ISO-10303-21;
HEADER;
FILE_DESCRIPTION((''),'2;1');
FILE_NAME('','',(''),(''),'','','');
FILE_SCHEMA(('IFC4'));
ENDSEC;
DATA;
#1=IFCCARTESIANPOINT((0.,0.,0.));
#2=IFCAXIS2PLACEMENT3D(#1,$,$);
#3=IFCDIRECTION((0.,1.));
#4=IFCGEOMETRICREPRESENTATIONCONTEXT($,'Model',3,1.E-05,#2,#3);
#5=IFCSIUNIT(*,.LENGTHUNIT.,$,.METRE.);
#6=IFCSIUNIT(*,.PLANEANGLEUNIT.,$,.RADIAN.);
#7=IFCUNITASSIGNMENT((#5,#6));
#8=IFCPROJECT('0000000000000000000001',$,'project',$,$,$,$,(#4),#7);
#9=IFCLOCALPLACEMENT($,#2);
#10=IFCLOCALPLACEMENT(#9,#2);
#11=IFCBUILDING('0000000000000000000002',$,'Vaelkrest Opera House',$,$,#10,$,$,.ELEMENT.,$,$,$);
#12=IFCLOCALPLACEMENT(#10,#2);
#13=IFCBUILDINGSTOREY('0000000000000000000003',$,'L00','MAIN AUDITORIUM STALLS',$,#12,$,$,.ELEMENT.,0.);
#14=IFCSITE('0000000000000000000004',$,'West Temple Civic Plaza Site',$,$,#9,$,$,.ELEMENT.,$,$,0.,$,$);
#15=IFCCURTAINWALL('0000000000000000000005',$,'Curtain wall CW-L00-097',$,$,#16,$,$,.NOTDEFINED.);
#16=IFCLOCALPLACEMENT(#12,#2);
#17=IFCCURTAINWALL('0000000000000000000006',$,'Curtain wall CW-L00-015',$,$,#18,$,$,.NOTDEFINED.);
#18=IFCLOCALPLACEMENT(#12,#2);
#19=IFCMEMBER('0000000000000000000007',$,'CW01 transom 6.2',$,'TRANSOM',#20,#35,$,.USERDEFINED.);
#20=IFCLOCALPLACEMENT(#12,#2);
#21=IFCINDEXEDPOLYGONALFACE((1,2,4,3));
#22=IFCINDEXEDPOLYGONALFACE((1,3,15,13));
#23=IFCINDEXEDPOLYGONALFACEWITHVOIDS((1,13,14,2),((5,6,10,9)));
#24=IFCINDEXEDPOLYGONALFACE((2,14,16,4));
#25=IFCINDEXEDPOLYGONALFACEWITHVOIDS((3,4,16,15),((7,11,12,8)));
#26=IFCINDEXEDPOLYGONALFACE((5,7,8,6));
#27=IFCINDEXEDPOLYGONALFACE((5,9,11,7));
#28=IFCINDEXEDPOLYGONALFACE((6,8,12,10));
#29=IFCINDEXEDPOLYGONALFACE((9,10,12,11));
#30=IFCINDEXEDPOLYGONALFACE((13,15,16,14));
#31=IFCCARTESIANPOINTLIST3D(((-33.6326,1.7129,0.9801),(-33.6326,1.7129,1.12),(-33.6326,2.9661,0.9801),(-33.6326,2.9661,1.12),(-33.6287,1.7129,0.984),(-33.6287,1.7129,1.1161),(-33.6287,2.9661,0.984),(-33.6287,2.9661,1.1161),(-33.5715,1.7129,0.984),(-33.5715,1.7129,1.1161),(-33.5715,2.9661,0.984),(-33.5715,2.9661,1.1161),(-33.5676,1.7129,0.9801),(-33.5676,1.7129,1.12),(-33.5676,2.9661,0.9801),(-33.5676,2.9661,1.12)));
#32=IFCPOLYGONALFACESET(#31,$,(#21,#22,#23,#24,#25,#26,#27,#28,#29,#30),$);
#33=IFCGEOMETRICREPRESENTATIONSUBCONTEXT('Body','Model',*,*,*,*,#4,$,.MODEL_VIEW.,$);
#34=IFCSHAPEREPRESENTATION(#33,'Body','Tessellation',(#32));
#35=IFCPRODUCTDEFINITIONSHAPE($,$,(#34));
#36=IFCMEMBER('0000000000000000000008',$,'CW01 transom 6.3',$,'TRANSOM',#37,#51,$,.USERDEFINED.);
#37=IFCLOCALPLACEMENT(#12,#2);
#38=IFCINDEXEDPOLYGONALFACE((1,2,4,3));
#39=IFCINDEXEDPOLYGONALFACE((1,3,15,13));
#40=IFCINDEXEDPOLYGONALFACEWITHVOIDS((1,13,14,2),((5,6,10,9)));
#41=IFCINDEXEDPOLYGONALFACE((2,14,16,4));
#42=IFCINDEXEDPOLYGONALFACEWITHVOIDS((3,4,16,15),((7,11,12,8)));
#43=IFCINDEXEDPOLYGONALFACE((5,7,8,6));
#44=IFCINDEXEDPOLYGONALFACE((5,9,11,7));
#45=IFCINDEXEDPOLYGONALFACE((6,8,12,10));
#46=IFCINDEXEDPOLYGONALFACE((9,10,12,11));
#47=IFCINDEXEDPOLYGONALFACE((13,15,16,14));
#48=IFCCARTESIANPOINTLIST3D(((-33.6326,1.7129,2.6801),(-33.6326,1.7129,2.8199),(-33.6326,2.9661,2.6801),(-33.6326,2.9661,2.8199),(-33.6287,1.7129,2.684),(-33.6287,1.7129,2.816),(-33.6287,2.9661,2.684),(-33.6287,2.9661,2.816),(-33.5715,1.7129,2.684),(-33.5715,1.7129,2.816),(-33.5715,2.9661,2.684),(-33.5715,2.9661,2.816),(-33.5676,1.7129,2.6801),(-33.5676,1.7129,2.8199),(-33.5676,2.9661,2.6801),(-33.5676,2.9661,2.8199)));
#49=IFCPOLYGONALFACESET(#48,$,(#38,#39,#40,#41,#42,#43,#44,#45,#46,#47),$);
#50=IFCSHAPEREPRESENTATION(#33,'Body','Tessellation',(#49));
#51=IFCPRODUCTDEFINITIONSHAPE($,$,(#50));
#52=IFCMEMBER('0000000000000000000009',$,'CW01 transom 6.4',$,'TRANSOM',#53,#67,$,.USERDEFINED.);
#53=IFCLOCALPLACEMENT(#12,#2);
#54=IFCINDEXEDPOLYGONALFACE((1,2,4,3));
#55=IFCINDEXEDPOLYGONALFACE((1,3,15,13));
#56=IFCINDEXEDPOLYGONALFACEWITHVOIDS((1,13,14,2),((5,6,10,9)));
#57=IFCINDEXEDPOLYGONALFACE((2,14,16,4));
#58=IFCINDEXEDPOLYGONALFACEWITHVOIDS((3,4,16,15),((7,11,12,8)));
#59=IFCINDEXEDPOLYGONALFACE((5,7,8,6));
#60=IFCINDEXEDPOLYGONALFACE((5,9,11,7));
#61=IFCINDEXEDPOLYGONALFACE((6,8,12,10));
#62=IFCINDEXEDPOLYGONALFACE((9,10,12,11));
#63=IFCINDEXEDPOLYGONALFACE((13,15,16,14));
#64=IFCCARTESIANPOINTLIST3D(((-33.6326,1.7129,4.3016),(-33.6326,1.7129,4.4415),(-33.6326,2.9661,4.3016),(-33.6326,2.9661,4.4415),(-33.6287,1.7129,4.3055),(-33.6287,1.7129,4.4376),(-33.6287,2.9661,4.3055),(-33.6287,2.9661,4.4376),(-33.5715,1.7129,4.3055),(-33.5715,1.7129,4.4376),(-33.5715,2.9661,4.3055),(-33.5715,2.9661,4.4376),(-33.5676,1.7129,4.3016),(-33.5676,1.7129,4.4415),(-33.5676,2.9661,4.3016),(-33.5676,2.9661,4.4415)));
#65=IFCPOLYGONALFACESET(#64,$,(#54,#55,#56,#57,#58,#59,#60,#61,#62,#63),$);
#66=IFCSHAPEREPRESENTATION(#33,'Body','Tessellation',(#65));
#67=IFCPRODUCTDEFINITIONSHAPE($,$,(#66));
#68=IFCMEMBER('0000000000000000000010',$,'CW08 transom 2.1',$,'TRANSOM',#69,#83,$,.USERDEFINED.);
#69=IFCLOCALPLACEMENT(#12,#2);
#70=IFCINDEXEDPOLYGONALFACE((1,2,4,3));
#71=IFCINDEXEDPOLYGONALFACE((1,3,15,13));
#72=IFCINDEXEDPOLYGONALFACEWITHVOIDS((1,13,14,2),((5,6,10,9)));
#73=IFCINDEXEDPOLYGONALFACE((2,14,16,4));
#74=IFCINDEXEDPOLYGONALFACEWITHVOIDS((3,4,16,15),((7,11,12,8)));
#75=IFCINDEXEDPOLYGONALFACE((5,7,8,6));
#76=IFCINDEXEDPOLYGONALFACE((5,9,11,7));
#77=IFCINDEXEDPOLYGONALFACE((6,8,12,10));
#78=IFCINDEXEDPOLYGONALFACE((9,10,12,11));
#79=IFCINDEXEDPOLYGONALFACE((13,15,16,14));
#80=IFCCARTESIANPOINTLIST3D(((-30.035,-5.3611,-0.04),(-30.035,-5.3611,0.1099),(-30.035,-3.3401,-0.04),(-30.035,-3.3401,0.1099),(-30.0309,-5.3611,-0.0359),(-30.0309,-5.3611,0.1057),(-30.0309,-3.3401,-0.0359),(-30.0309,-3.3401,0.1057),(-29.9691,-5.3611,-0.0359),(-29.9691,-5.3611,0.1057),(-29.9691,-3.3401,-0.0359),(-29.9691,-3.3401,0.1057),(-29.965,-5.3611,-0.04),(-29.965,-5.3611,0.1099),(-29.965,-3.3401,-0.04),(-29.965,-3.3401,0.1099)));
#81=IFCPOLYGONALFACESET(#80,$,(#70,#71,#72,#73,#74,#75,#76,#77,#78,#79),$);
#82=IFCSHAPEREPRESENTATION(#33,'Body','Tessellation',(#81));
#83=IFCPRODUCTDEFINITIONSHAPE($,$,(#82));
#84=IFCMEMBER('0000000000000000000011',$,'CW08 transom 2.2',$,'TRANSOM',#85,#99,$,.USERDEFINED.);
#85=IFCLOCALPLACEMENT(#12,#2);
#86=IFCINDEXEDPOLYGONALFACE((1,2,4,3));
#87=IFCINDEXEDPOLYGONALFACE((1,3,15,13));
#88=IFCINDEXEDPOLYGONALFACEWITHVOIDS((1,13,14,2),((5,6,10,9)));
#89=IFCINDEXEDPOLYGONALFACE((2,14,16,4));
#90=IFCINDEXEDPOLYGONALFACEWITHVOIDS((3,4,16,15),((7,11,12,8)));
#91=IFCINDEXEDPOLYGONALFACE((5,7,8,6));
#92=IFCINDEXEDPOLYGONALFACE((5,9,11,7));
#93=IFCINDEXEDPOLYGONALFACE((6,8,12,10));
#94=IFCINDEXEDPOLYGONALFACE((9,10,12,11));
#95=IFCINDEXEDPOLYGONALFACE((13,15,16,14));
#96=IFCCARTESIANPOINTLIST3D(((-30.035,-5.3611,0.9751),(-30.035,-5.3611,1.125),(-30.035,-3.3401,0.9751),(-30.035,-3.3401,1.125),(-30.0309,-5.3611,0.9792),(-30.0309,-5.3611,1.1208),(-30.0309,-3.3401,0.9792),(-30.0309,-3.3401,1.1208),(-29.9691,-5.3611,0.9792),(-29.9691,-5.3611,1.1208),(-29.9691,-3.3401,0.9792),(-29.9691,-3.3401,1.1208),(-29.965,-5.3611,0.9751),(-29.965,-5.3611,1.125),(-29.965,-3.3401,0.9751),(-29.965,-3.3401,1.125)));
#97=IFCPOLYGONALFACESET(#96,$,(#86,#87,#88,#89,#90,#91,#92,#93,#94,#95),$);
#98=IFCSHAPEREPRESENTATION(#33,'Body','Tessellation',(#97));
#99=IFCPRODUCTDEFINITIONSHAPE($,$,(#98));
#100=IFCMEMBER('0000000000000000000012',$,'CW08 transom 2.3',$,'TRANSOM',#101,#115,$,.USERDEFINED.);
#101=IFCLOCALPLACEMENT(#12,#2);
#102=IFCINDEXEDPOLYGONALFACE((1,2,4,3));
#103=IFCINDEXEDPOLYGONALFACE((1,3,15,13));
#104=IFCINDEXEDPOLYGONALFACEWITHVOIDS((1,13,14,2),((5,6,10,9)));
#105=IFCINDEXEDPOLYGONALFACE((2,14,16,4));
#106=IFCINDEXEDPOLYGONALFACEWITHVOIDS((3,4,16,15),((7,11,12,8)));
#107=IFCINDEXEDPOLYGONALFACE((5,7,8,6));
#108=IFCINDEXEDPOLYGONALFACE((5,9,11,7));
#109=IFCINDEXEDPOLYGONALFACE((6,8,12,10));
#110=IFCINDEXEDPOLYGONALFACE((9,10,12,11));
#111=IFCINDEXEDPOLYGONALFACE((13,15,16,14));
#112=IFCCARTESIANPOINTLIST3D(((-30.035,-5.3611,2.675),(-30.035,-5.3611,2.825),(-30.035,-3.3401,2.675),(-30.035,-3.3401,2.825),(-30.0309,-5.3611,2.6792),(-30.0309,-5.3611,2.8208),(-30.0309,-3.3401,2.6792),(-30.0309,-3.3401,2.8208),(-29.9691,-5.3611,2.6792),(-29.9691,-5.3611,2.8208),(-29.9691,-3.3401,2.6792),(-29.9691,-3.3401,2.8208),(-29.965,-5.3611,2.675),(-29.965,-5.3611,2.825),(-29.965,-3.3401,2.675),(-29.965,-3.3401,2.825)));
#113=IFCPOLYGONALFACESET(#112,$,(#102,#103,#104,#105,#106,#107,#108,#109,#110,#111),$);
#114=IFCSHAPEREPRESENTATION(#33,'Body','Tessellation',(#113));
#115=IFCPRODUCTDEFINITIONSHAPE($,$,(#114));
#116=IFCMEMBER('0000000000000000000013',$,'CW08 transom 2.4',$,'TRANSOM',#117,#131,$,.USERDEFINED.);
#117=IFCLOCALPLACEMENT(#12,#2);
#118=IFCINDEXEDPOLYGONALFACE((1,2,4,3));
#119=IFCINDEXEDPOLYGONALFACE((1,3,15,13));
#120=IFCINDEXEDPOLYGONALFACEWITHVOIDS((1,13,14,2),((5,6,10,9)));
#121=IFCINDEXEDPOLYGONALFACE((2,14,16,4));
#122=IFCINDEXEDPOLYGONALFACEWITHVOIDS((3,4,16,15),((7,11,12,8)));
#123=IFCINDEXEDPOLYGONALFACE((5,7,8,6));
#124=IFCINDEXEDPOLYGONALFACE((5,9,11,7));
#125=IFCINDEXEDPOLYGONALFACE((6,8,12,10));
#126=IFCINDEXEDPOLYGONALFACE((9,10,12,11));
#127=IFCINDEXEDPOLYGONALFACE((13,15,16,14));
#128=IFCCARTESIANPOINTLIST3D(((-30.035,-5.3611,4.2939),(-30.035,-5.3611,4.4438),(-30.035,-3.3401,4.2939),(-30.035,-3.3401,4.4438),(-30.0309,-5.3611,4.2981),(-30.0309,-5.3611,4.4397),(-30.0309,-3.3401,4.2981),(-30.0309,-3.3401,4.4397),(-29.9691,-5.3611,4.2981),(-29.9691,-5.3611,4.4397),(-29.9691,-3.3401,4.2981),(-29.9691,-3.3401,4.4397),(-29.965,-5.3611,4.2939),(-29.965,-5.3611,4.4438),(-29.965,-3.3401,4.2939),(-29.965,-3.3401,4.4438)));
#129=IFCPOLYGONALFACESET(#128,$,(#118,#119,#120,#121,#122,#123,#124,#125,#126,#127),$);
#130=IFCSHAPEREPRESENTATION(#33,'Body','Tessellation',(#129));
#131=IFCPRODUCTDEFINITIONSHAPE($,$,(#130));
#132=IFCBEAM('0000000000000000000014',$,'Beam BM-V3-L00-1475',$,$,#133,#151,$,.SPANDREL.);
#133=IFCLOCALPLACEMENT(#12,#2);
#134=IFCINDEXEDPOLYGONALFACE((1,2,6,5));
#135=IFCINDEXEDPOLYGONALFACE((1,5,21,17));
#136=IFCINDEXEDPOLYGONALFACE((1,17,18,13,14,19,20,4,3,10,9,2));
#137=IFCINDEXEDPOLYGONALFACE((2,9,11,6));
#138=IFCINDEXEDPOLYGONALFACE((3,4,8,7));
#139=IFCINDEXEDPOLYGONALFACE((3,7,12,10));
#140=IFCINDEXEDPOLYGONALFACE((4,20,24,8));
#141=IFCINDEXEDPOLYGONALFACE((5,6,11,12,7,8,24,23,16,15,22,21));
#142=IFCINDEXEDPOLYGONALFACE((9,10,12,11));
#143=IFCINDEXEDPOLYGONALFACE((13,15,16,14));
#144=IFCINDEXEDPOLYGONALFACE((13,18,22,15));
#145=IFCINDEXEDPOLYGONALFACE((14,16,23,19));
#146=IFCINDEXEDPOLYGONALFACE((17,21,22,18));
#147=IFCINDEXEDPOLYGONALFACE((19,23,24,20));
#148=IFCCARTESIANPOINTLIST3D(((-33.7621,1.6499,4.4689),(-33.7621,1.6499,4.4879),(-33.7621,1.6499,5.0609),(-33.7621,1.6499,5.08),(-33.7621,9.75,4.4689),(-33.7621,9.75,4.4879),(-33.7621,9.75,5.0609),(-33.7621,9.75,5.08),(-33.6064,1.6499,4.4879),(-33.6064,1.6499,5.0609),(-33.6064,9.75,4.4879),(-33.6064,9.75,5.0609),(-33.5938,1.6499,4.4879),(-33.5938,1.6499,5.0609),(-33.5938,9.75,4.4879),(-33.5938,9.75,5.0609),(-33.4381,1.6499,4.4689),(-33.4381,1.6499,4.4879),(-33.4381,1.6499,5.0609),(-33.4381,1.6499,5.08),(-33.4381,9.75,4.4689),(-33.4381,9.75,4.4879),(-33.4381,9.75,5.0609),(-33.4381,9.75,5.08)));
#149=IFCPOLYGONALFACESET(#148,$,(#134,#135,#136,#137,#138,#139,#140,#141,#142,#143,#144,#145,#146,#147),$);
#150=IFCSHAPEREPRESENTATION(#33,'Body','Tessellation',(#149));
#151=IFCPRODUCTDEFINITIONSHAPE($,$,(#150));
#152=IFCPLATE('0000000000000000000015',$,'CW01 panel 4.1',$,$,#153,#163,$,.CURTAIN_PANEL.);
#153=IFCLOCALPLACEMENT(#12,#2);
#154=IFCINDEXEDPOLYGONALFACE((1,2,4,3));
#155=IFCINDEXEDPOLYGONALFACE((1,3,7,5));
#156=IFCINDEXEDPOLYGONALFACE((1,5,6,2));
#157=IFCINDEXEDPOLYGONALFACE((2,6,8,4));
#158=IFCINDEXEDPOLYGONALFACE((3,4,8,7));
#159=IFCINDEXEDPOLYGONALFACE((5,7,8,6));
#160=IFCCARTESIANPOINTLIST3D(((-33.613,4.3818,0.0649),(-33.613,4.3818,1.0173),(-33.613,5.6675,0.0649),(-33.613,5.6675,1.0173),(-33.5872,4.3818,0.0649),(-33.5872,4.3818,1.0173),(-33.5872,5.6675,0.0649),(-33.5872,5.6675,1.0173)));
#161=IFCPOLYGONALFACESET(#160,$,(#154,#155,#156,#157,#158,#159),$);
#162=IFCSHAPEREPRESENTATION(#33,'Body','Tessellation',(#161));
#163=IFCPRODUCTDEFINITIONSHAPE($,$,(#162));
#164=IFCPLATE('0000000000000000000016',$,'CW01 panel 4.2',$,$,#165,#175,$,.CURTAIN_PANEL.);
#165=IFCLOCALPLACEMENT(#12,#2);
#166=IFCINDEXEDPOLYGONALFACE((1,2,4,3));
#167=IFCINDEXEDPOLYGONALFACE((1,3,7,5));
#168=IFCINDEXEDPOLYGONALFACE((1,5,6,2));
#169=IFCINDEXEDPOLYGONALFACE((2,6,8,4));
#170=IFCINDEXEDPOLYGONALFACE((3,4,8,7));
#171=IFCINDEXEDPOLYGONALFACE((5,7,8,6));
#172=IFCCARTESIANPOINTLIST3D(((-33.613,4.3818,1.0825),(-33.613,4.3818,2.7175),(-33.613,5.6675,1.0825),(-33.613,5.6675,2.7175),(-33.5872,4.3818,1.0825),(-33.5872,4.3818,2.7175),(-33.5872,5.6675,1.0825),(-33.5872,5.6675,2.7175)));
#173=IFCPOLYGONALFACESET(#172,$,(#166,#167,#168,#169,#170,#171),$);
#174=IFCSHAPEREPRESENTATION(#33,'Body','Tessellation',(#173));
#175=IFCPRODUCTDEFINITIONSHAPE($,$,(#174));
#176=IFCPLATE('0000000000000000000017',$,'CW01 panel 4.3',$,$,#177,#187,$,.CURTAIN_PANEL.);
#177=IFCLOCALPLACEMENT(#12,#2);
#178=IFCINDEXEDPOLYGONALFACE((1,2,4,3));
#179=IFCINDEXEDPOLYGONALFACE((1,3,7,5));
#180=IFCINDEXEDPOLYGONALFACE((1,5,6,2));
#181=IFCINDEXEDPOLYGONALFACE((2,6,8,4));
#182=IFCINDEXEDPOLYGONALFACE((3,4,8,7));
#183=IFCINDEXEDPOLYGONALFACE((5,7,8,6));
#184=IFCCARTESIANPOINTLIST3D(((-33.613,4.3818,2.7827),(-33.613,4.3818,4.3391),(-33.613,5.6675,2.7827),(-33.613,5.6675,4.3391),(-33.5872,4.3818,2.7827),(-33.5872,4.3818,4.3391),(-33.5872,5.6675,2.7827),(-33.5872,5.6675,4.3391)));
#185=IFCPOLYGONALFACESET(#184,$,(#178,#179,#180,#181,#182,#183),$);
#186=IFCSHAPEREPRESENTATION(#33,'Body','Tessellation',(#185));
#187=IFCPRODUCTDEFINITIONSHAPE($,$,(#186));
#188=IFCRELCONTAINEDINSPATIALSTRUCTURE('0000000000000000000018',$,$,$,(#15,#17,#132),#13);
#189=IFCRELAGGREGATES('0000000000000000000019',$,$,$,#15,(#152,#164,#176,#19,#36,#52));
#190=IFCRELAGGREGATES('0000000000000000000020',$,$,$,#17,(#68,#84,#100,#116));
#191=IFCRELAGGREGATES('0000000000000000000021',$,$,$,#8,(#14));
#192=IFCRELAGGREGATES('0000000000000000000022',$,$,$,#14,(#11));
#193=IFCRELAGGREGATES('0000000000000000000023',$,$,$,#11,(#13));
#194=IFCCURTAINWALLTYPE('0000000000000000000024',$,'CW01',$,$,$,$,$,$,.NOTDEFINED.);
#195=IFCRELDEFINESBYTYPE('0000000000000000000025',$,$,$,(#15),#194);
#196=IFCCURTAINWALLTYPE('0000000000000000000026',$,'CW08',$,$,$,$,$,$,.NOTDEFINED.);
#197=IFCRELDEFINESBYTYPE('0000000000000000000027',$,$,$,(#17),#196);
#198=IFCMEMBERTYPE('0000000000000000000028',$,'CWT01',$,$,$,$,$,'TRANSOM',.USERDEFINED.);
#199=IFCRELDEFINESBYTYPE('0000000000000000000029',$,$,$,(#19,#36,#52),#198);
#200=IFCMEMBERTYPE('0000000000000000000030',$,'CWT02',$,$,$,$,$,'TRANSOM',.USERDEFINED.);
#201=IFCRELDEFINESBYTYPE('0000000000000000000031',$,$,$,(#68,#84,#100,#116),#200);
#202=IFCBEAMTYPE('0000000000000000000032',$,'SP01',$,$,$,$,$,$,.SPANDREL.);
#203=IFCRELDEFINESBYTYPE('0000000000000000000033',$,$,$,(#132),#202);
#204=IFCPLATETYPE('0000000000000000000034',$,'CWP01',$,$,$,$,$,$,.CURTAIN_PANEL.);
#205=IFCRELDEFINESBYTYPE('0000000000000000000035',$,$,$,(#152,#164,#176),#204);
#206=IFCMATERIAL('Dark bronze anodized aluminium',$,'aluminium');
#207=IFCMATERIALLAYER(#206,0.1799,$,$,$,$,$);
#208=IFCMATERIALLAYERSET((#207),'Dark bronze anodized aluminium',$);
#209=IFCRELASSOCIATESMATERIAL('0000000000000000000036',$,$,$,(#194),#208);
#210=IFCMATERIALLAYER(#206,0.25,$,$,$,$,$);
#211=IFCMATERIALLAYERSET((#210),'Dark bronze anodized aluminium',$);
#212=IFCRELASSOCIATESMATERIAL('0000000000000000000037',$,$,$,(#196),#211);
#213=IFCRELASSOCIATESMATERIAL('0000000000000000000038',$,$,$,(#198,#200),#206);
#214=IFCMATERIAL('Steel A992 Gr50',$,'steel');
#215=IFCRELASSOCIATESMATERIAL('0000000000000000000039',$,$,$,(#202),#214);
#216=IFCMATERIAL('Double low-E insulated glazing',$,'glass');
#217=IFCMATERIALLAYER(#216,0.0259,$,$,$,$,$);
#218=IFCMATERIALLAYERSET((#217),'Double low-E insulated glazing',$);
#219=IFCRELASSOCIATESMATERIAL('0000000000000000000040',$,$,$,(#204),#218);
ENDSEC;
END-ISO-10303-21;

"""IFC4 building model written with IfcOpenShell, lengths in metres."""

from ifc_helpers import new_model, si_unit, direction, frame, origin, origin_2d, place, context, subcontext, project, spatial, rectangle, hollow_rectangle, i_section, extrude, material, layer, layer_set, material_profile, profile_set, type_object, element, aggregate, save


model = new_model("IFC4")

# Units and contexts
model_context = context("Model", 3, precision=1e-05, world=origin(), true_north=direction((0.0, 1.0)))
body_context = subcontext(model_context, "Body", "Model", "MODEL_VIEW")
ifc_project = project(units=[si_unit("LENGTHUNIT", "METRE"), si_unit("PLANEANGLEUNIT", "RADIAN")], contexts=[model_context])

# Site, building, storey
site_placement = place(None, origin())
site = spatial("IfcSite", under=ifc_project, at=site_placement, Name="West Temple Civic Plaza Site", CompositionType="ELEMENT", RefElevation=0.0)
building_placement = place(site_placement, origin())
building = spatial("IfcBuilding", under=site, at=building_placement, Name="Vaelkrest Opera House", CompositionType="ELEMENT")
storey_placement = place(building_placement, origin())
storey = spatial("IfcBuildingStorey", under=building, at=storey_placement, Name="L00", Description="MAIN AUDITORIUM STALLS", CompositionType="ELEMENT", Elevation=0.0)

# Curtain wall
ifc_material_1 = material(Name="Dark bronze anodized aluminium", Category="aluminium")
ifc_layer_1 = layer(ifc_material_1, 0.1799)
ifc_layer_set_1 = layer_set([ifc_layer_1], Name="Dark bronze anodized aluminium")
curtain_wall_type_1 = type_object("IfcCurtainWallType", Name="CW01", PredefinedType="NOTDEFINED", material=ifc_layer_set_1)
curtain_wall_1_placement = place(storey_placement, origin())
curtain_wall_1 = element("IfcCurtainWall", 1, at=curtain_wall_1_placement, inside=storey, type_object=curtain_wall_type_1, Name="Curtain wall CW-L00-097", PredefinedType="NOTDEFINED")

# Curtain wall
ifc_layer_2 = layer(ifc_material_1, 0.25)
ifc_layer_set_2 = layer_set([ifc_layer_2], Name="Dark bronze anodized aluminium")
curtain_wall_type_2 = type_object("IfcCurtainWallType", Name="CW08", PredefinedType="NOTDEFINED", material=ifc_layer_set_2)
curtain_wall_2_placement = place(storey_placement, origin())
curtain_wall_2 = element("IfcCurtainWall", 2, at=curtain_wall_2_placement, inside=storey, type_object=curtain_wall_type_2, Name="Curtain wall CW-L00-015", PredefinedType="NOTDEFINED")

# Members
ifc_material_profile_1 = material_profile(ifc_material_1, hollow_rectangle(XDim=0.0649, YDim=0.1399, WallThickness=0.0039, at=origin_2d()), Name="CWT65X140")
ifc_profile_set_1 = profile_set([ifc_material_profile_1], Name="Dark bronze anodized aluminium")
member_type_1 = type_object("IfcMemberType", Name="CWT01", ElementType="TRANSOM", PredefinedType="USERDEFINED", material=ifc_profile_set_1)
member_1_placement = place(storey_placement, frame((-33.6001, 2.9661, 1.05), z_axis=(0.0, -1.0, 0.0), x_axis=(1.0, 0.0, 0.0)))
member_1 = element("IfcMember", 3, at=member_1_placement, type_object=member_type_1, Name="CW01 transom 6.2", ObjectType="TRANSOM", PredefinedType="USERDEFINED", context=body_context, shape_type="SweptSolid", body=[
    extrude(hollow_rectangle(XDim=0.0649, YDim=0.1399, WallThickness=0.0039, at=origin_2d()), origin(), (0.0, 0.0, 1.0), 1.2532),
])
member_2_placement = place(storey_placement, frame((-33.6001, 2.9661, 2.75), z_axis=(0.0, -1.0, 0.0), x_axis=(1.0, 0.0, 0.0)))
member_2 = element("IfcMember", 4, at=member_2_placement, type_object=member_type_1, Name="CW01 transom 6.3", ObjectType="TRANSOM", PredefinedType="USERDEFINED", context=body_context, shape_type="SweptSolid", body=[
    extrude(hollow_rectangle(XDim=0.0649, YDim=0.1399, WallThickness=0.0039, at=origin_2d()), origin(), (0.0, 0.0, 1.0), 1.2532),
])
member_3_placement = place(storey_placement, frame((-33.6001, 2.9661, 4.3716), z_axis=(0.0, -1.0, 0.0), x_axis=(1.0, 0.0, 0.0)))
member_3 = element("IfcMember", 5, at=member_3_placement, type_object=member_type_1, Name="CW01 transom 6.4", ObjectType="TRANSOM", PredefinedType="USERDEFINED", context=body_context, shape_type="SweptSolid", body=[
    extrude(hollow_rectangle(XDim=0.0649, YDim=0.1399, WallThickness=0.0039, at=origin_2d()), origin(), (0.0, 0.0, 1.0), 1.2532),
])
ifc_material_profile_2 = material_profile(ifc_material_1, hollow_rectangle(XDim=0.0701, YDim=0.1499, WallThickness=0.0042, at=origin_2d()), Name="CWT70X150")
ifc_profile_set_2 = profile_set([ifc_material_profile_2], Name="Dark bronze anodized aluminium")
member_type_2 = type_object("IfcMemberType", Name="CWT02", ElementType="TRANSOM", PredefinedType="USERDEFINED", material=ifc_profile_set_2)
member_4_placement = place(storey_placement, frame((-30.0, -5.3611, 0.0349), z_axis=(0.0, 1.0, 0.0), x_axis=(-1.0, 0.0, 0.0)))
member_4 = element("IfcMember", 6, at=member_4_placement, type_object=member_type_2, Name="CW08 transom 2.1", ObjectType="TRANSOM", PredefinedType="USERDEFINED", context=body_context, shape_type="SweptSolid", body=[
    extrude(hollow_rectangle(XDim=0.0701, YDim=0.1499, WallThickness=0.0042, at=origin_2d()), origin(), (0.0, 0.0, 1.0), 2.021),
])
member_5_placement = place(storey_placement, frame((-30.0, -5.3611, 1.05), z_axis=(0.0, 1.0, 0.0), x_axis=(-1.0, 0.0, 0.0)))
member_5 = element("IfcMember", 7, at=member_5_placement, type_object=member_type_2, Name="CW08 transom 2.2", ObjectType="TRANSOM", PredefinedType="USERDEFINED", context=body_context, shape_type="SweptSolid", body=[
    extrude(hollow_rectangle(XDim=0.0701, YDim=0.1499, WallThickness=0.0042, at=origin_2d()), origin(), (0.0, 0.0, 1.0), 2.021),
])
member_6_placement = place(storey_placement, frame((-30.0, -5.3611, 2.75), z_axis=(0.0, 1.0, 0.0), x_axis=(-1.0, 0.0, 0.0)))
member_6 = element("IfcMember", 8, at=member_6_placement, type_object=member_type_2, Name="CW08 transom 2.3", ObjectType="TRANSOM", PredefinedType="USERDEFINED", context=body_context, shape_type="SweptSolid", body=[
    extrude(hollow_rectangle(XDim=0.0701, YDim=0.1499, WallThickness=0.0042, at=origin_2d()), origin(), (0.0, 0.0, 1.0), 2.021),
])
member_7_placement = place(storey_placement, frame((-30.0, -5.3611, 4.3689), z_axis=(0.0, 1.0, 0.0), x_axis=(-1.0, 0.0, 0.0)))
member_7 = element("IfcMember", 9, at=member_7_placement, type_object=member_type_2, Name="CW08 transom 2.4", ObjectType="TRANSOM", PredefinedType="USERDEFINED", context=body_context, shape_type="SweptSolid", body=[
    extrude(hollow_rectangle(XDim=0.0701, YDim=0.1499, WallThickness=0.0042, at=origin_2d()), origin(), (0.0, 0.0, 1.0), 2.021),
])

# Beam
ifc_material_2 = material(Name="Steel A992 Gr50", Category="steel")
ifc_material_profile_3 = material_profile(ifc_material_2, i_section(OverallWidth=0.324, OverallDepth=0.6111, WebThickness=0.0127, FlangeThickness=0.019, at=origin_2d()), Name="W24X104")
ifc_profile_set_3 = profile_set([ifc_material_profile_3], Name="Steel A992 Gr50")
beam_type = type_object("IfcBeamType", Name="SP01", PredefinedType="SPANDREL", material=ifc_profile_set_3)
beam_placement = place(storey_placement, frame((-33.6001, 1.6499, 4.7744), z_axis=(0.0, 1.0, 0.0), x_axis=(-1.0, 0.0, 0.0)))
element("IfcBeam", 10, at=beam_placement, inside=storey, type_object=beam_type, Name="Beam BM-V3-L00-1475", PredefinedType="SPANDREL", context=body_context, shape_type="SweptSolid", body=[
    extrude(i_section(OverallWidth=0.324, OverallDepth=0.6111, WebThickness=0.0127, FlangeThickness=0.019, at=origin_2d()), origin(), (0.0, 0.0, 1.0), 8.1001),
])

# Plates
ifc_material_3 = material(Name="Double low-E insulated glazing", Category="glass")
ifc_layer_3 = layer(ifc_material_3, 0.0259)
ifc_layer_set_3 = layer_set([ifc_layer_3], Name="Double low-E insulated glazing")
plate_type_1 = type_object("IfcPlateType", Name="CWP01", PredefinedType="CURTAIN_PANEL", material=ifc_layer_set_3)
plate_1_placement = place(storey_placement, frame((-33.6001, 5.0247, 0.0649), z_axis=(0.0, 0.0, 1.0), x_axis=(0.0, -1.0, 0.0)))
plate_1 = element("IfcPlate", 11, at=plate_1_placement, type_object=plate_type_1, Name="CW01 panel 4.1", PredefinedType="CURTAIN_PANEL", context=body_context, shape_type="SweptSolid", body=[
    extrude(rectangle(XDim=1.2856, YDim=0.0259, at=origin_2d()), origin(), (0.0, 0.0, 1.0), 0.9524),
])
plate_2_placement = place(storey_placement, frame((-33.6001, 5.0247, 1.0825), z_axis=(0.0, 0.0, 1.0), x_axis=(0.0, -1.0, 0.0)))
plate_2 = element("IfcPlate", 12, at=plate_2_placement, type_object=plate_type_1, Name="CW01 panel 4.2", PredefinedType="CURTAIN_PANEL", context=body_context, shape_type="SweptSolid", body=[
    extrude(rectangle(XDim=1.2856, YDim=0.0259, at=origin_2d()), origin(), (0.0, 0.0, 1.0), 1.635),
])
plate_3_placement = place(storey_placement, frame((-33.6001, 5.0247, 2.7827), z_axis=(0.0, 0.0, 1.0), x_axis=(0.0, -1.0, 0.0)))
plate_3 = element("IfcPlate", 13, at=plate_3_placement, type_object=plate_type_1, Name="CW01 panel 4.3", PredefinedType="CURTAIN_PANEL", context=body_context, shape_type="SweptSolid", body=[
    extrude(rectangle(XDim=1.2856, YDim=0.0259, at=origin_2d()), origin(), (0.0, 0.0, 1.0), 1.5564),
])
aggregate(curtain_wall_1, [plate_1, plate_2, plate_3, member_1, member_2, member_3])
aggregate(curtain_wall_2, [member_4, member_5, member_6, member_7])

save(model, "model.ifc")
